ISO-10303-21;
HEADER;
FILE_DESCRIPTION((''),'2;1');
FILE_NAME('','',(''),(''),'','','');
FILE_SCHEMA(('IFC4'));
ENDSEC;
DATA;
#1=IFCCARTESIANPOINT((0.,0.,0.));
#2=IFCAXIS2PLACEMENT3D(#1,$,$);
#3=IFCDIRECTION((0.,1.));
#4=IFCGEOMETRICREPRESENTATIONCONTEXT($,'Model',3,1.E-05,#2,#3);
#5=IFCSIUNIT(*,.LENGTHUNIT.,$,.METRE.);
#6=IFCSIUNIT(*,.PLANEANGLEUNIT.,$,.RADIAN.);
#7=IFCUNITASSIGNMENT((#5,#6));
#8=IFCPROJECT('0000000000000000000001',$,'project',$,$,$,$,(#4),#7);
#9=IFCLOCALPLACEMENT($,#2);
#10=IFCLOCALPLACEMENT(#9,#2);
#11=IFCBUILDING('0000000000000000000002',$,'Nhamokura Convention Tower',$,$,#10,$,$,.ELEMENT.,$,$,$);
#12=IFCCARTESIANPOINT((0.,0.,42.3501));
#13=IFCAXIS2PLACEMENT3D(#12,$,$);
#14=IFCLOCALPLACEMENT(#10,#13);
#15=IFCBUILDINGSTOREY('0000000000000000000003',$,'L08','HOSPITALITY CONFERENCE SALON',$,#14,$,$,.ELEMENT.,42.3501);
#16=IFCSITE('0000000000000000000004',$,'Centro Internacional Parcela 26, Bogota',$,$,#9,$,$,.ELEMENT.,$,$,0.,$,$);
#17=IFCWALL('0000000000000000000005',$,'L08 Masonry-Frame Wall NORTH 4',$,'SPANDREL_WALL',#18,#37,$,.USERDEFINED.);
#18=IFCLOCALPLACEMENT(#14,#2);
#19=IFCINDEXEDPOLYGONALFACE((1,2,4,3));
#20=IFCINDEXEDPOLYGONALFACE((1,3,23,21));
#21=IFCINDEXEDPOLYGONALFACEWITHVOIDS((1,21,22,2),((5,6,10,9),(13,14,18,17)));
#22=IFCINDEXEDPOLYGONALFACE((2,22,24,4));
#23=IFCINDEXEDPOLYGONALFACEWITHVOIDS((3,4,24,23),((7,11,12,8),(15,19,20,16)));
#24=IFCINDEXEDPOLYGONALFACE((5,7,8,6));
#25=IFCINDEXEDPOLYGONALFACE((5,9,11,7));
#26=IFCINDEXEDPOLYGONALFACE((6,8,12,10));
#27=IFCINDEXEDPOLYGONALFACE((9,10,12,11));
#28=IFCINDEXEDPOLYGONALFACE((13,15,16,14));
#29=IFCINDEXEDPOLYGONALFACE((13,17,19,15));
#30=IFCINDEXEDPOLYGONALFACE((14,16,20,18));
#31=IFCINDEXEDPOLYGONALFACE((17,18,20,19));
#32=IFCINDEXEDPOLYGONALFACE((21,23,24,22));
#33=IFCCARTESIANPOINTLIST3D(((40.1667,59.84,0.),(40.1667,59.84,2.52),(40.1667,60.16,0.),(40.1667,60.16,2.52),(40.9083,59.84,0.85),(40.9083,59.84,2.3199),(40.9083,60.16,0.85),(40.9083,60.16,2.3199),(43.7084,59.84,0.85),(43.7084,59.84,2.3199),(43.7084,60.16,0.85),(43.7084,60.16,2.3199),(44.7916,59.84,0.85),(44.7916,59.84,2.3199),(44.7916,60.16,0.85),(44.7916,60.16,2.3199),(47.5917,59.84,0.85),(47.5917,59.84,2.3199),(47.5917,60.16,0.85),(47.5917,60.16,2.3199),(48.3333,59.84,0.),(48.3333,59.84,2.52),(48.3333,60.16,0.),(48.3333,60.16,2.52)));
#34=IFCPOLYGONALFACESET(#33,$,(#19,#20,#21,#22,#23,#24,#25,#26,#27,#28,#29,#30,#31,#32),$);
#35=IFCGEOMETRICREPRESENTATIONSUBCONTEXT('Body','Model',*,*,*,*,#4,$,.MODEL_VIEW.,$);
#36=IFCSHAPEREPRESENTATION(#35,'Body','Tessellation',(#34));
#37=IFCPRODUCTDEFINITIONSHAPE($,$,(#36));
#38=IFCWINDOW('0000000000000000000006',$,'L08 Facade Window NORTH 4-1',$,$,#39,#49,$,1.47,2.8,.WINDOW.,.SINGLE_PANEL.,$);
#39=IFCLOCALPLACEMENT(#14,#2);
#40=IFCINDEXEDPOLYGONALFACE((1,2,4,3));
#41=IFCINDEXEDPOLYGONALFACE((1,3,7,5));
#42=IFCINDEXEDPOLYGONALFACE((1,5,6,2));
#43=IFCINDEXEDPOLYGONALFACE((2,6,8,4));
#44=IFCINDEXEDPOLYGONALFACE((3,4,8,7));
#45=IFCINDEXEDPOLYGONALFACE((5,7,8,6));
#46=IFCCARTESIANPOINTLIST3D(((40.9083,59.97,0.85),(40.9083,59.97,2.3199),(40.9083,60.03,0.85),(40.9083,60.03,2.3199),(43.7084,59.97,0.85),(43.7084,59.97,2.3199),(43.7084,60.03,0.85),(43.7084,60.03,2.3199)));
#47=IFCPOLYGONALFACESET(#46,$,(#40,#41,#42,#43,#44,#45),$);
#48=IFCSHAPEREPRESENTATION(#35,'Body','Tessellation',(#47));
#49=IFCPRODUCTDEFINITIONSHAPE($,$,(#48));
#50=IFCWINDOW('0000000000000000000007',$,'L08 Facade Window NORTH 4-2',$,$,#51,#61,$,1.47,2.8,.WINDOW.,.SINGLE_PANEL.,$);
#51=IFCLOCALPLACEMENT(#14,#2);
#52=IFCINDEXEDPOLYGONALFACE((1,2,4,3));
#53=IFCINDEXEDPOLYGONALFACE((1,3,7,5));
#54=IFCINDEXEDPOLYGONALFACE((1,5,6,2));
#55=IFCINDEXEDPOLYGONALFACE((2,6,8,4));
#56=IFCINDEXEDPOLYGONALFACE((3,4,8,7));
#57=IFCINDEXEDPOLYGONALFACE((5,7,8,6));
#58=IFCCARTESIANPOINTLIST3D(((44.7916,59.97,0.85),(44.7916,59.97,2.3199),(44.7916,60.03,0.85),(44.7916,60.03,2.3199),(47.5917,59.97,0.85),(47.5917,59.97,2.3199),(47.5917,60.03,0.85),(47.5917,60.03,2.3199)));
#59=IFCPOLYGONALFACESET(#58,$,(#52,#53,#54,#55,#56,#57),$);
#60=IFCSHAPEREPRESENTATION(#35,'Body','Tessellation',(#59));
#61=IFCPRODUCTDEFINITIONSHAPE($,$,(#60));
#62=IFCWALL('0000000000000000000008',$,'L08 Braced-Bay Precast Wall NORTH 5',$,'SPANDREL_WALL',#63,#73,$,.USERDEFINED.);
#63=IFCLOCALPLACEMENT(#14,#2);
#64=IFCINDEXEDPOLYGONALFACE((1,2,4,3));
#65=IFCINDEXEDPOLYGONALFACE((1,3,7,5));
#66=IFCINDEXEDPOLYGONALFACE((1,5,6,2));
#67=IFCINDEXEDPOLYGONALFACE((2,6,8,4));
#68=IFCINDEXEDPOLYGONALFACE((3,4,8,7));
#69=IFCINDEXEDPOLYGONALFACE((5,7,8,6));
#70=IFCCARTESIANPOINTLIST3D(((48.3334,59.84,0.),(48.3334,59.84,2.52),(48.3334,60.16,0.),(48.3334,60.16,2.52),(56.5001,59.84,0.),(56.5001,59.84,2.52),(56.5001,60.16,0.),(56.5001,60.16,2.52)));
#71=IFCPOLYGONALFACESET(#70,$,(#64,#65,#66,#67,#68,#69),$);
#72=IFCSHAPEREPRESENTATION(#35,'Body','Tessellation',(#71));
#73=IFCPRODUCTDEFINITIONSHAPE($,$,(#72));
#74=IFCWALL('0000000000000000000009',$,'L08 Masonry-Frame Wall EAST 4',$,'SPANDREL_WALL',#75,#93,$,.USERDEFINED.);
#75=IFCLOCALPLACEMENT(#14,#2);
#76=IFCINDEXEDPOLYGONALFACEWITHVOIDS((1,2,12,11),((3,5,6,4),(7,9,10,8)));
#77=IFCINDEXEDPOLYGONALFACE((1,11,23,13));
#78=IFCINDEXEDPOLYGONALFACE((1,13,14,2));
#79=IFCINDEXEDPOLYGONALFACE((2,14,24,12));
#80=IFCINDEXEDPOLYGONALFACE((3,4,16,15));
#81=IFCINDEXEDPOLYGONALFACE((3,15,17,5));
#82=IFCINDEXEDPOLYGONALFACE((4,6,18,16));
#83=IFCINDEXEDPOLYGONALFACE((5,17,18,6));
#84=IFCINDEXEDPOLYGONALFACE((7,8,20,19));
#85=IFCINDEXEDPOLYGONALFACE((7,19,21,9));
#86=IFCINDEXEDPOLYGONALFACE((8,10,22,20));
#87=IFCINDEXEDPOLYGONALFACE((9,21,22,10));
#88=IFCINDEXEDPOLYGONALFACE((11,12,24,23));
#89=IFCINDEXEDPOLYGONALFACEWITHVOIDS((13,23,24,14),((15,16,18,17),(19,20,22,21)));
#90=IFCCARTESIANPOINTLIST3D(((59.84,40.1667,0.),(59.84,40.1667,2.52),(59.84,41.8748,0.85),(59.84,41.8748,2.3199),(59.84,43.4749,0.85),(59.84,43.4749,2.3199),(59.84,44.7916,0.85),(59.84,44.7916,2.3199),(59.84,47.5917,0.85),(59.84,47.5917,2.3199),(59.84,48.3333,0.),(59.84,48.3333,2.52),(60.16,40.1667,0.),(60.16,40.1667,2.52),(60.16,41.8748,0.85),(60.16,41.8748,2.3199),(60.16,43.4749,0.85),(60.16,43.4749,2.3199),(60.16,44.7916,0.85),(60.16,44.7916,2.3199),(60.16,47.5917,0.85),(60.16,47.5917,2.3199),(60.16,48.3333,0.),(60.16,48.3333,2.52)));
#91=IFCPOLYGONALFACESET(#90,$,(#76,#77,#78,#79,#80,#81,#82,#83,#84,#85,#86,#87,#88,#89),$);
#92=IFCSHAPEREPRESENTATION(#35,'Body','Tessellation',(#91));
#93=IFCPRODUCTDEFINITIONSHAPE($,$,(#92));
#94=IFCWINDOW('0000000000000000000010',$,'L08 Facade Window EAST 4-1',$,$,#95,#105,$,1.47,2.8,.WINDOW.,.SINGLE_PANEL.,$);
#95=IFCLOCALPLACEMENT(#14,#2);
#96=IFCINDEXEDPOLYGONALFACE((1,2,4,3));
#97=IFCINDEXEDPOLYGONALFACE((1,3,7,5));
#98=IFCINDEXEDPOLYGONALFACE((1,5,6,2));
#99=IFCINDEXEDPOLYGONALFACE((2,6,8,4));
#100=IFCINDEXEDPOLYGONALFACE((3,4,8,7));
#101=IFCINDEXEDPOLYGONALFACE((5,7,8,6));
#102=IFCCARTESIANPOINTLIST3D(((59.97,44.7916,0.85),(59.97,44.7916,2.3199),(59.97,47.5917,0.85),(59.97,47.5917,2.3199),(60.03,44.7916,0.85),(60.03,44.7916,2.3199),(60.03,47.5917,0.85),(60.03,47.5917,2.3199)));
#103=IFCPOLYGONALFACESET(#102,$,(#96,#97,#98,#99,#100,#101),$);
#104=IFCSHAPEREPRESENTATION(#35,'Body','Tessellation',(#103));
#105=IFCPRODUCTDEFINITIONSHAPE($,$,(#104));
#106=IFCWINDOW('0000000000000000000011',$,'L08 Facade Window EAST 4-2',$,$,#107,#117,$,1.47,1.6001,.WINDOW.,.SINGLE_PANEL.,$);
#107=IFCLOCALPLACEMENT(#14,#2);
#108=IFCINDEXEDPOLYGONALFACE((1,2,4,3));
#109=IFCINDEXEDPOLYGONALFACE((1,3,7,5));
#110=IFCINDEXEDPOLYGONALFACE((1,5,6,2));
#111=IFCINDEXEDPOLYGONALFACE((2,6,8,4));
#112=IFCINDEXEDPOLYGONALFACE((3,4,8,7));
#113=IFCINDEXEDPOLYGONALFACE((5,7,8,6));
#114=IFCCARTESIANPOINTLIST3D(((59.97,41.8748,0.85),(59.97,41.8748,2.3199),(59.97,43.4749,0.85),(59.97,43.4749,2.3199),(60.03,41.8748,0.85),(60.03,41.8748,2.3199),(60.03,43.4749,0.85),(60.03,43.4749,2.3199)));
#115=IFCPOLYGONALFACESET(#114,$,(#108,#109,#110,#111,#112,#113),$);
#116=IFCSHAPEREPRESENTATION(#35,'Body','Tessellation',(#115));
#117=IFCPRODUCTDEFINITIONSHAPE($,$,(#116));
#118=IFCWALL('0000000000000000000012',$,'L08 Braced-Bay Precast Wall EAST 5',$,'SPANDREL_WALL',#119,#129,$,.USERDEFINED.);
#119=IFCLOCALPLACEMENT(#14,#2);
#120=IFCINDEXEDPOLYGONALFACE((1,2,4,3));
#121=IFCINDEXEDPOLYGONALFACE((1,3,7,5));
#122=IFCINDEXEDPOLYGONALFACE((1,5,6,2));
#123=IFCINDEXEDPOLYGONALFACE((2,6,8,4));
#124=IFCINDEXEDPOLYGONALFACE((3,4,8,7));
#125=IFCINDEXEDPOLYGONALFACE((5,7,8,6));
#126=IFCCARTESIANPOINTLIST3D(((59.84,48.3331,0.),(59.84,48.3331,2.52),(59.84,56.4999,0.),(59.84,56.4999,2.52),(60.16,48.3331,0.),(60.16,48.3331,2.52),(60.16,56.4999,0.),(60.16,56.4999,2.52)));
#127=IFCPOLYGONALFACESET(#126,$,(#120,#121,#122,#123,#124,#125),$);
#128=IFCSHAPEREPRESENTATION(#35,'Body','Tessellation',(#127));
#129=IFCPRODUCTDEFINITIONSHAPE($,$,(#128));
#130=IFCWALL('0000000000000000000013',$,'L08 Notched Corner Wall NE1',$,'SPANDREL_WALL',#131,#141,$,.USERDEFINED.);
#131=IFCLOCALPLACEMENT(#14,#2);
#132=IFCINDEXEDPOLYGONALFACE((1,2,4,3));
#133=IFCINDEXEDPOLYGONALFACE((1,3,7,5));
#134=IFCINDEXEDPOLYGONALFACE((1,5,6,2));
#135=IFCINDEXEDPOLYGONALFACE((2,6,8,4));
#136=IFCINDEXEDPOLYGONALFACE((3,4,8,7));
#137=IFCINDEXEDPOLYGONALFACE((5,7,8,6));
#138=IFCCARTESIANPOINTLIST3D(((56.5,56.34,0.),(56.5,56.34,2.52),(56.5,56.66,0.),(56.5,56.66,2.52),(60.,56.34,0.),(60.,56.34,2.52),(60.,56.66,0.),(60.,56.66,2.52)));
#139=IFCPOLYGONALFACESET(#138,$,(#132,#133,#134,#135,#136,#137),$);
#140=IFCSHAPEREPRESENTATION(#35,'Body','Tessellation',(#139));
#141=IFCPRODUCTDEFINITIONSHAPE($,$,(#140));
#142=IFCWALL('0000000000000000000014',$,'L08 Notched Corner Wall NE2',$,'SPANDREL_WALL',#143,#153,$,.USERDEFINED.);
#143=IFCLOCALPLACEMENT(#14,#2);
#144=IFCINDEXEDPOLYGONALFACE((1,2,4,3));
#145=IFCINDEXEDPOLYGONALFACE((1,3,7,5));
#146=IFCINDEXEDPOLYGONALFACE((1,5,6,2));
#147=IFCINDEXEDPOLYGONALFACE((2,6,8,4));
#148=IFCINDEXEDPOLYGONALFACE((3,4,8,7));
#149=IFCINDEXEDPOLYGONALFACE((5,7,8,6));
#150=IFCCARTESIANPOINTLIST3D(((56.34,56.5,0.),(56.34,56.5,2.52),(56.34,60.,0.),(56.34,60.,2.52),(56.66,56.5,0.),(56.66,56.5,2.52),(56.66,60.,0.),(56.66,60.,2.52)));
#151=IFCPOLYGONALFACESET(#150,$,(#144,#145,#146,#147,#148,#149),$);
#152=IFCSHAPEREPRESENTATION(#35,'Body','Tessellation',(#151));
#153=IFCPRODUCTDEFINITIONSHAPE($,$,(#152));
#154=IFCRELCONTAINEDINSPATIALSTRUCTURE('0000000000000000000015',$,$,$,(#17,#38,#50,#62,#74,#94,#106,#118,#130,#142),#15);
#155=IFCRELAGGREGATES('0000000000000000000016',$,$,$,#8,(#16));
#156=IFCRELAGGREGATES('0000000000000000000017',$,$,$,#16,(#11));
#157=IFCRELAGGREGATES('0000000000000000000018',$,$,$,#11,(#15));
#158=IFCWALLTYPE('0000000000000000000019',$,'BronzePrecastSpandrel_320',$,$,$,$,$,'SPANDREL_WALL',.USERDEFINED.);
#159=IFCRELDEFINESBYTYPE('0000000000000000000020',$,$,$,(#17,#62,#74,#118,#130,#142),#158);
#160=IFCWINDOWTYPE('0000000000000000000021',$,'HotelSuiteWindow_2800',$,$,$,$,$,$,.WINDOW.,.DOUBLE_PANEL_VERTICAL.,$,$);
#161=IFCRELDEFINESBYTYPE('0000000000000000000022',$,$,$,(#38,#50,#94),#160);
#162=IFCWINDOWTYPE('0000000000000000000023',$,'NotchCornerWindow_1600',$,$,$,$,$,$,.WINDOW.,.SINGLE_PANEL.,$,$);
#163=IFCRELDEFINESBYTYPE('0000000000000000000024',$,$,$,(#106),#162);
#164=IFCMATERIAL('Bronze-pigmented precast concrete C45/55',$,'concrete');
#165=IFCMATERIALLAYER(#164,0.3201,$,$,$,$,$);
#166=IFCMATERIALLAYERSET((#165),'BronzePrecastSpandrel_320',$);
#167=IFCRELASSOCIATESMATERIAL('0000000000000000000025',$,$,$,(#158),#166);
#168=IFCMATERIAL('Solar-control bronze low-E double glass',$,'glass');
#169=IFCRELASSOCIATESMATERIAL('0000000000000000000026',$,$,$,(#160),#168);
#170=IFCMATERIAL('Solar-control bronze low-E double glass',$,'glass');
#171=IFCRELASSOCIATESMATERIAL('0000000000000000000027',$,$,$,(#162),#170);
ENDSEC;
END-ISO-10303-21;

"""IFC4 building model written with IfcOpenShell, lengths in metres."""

from ifc_helpers import new_model, si_unit, direction, frame, frame_2d, origin, place, context, subcontext, project, spatial, rectangle, extrude, material, layer, layer_set, type_object, element, fill, save


model = new_model("IFC4")

# Units and contexts
model_context = context("Model", 3, precision=1e-05, world=origin(), true_north=direction((0.0, 1.0)))
body_context = subcontext(model_context, "Body", "Model", "MODEL_VIEW")
ifc_project = project(units=[si_unit("LENGTHUNIT", "METRE"), si_unit("PLANEANGLEUNIT", "RADIAN")], contexts=[model_context])

# Site, building, storey
site_placement = place(None, origin())
site = spatial("IfcSite", under=ifc_project, at=site_placement, Name="Centro Internacional Parcela 26, Bogota", CompositionType="ELEMENT", RefElevation=0.0)
building_placement = place(site_placement, origin())
building = spatial("IfcBuilding", under=site, at=building_placement, Name="Nhamokura Convention Tower", CompositionType="ELEMENT")
storey_placement = place(building_placement, frame((0.0, 0.0, 42.3501)))
storey = spatial("IfcBuildingStorey", under=building, at=storey_placement, Name="L08", Description="HOSPITALITY CONFERENCE SALON", CompositionType="ELEMENT", Elevation=42.3501)

# Wall, openings, windows
ifc_material_1 = material(Name="Bronze-pigmented precast concrete C45/55", Category="concrete")
ifc_layer = layer(ifc_material_1, 0.3201)
ifc_layer_set = layer_set([ifc_layer], Name="BronzePrecastSpandrel_320")
wall_type = type_object("IfcWallType", Name="BronzePrecastSpandrel_320", ElementType="SPANDREL_WALL", PredefinedType="USERDEFINED", material=ifc_layer_set)
wall_1_placement = place(storey_placement, frame((40.1667, 60.0, 0.0), z_axis=(0.0, 0.0, 1.0), x_axis=(1.0, 0.0, 0.0)))
wall_1 = element("IfcWall", 1, at=wall_1_placement, inside=storey, type_object=wall_type, Name="L08 Masonry-Frame Wall NORTH 4", ObjectType="SPANDREL_WALL", PredefinedType="USERDEFINED", context=body_context, shape_type="SweptSolid", body=[
    extrude(rectangle(XDim=8.1665, YDim=0.3201, at=frame_2d((4.0833, 0.0))), origin(), (0.0, 0.0, 1.0), 2.52),
])
opening_1_placement = place(wall_1_placement, frame((0.7417, 0.0, 0.8501)))
opening_1 = element("IfcOpeningElement", 2, at=opening_1_placement, cuts=wall_1, PredefinedType="OPENING", context=body_context, shape_type="SweptSolid", body=[
    extrude(rectangle(XDim=2.8, YDim=1.47, at=frame_2d((1.3999, 0.7349))), frame((0.0, 0.1699, 0.0), z_axis=(0.0, -1.0, 0.0), x_axis=(1.0, 0.0, 0.0)), (0.0, 0.0, 1.0), 0.3401),
])
opening_2_placement = place(wall_1_placement, frame((4.625, 0.0, 0.8501)))
opening_2 = element("IfcOpeningElement", 3, at=opening_2_placement, cuts=wall_1, PredefinedType="OPENING", context=body_context, shape_type="SweptSolid", body=[
    extrude(rectangle(XDim=2.8, YDim=1.47, at=frame_2d((1.3999, 0.7349))), frame((0.0, 0.1699, 0.0), z_axis=(0.0, -1.0, 0.0), x_axis=(1.0, 0.0, 0.0)), (0.0, 0.0, 1.0), 0.3401),
])
ifc_material_2 = material(Name="Solar-control bronze low-E double glass", Category="glass")
window_type_1 = type_object("IfcWindowType", Name="HotelSuiteWindow_2800", PartitioningType="DOUBLE_PANEL_VERTICAL", PredefinedType="WINDOW", material=ifc_material_2)
window_1_placement = place(opening_1_placement, origin())
window_1 = element("IfcWindow", 4, at=window_1_placement, inside=storey, type_object=window_type_1, Name="L08 Facade Window NORTH 4-1", OverallHeight=1.47, OverallWidth=2.8, PartitioningType="SINGLE_PANEL", PredefinedType="WINDOW", context=body_context, shape_type="SweptSolid", body=[
    extrude(rectangle(XDim=2.8, YDim=1.47, at=frame_2d((1.3999, 0.7349))), frame((0.0, 0.03, 0.0), z_axis=(0.0, -1.0, 0.0), x_axis=(1.0, 0.0, 0.0)), (0.0, 0.0, 1.0), 0.0601),
])
fill(opening_1, window_1)
window_2_placement = place(opening_2_placement, origin())
window_2 = element("IfcWindow", 5, at=window_2_placement, inside=storey, type_object=window_type_1, Name="L08 Facade Window NORTH 4-2", OverallHeight=1.47, OverallWidth=2.8, PartitioningType="SINGLE_PANEL", PredefinedType="WINDOW", context=body_context, shape_type="SweptSolid", body=[
    extrude(rectangle(XDim=2.8, YDim=1.47, at=frame_2d((1.3999, 0.7349))), frame((0.0, 0.03, 0.0), z_axis=(0.0, -1.0, 0.0), x_axis=(1.0, 0.0, 0.0)), (0.0, 0.0, 1.0), 0.0601),
])
fill(opening_2, window_2)

# Wall
wall_2_placement = place(storey_placement, frame((48.3333, 60.0, 0.0), z_axis=(0.0, 0.0, 1.0), x_axis=(1.0, 0.0, 0.0)))
element("IfcWall", 6, at=wall_2_placement, inside=storey, type_object=wall_type, Name="L08 Braced-Bay Precast Wall NORTH 5", ObjectType="SPANDREL_WALL", PredefinedType="USERDEFINED", context=body_context, shape_type="SweptSolid", body=[
    extrude(rectangle(XDim=8.1667, YDim=0.3201, at=frame_2d((4.0835, 0.0))), origin(), (0.0, 0.0, 1.0), 2.52),
])

# Wall, openings, windows
wall_3_placement = place(storey_placement, frame((60.0, 48.3333, 0.0), z_axis=(0.0, 0.0, 1.0), x_axis=(0.0, -1.0, 0.0)))
wall_3 = element("IfcWall", 7, at=wall_3_placement, inside=storey, type_object=wall_type, Name="L08 Masonry-Frame Wall EAST 4", ObjectType="SPANDREL_WALL", PredefinedType="USERDEFINED", context=body_context, shape_type="SweptSolid", body=[
    extrude(rectangle(XDim=8.1665, YDim=0.3201, at=frame_2d((4.0833, 0.0))), origin(), (0.0, 0.0, 1.0), 2.52),
])
opening_3_placement = place(wall_3_placement, frame((0.7417, 0.0, 0.8501)))
opening_3 = element("IfcOpeningElement", 8, at=opening_3_placement, cuts=wall_3, PredefinedType="OPENING", context=body_context, shape_type="SweptSolid", body=[
    extrude(rectangle(XDim=2.8, YDim=1.47, at=frame_2d((1.3999, 0.7349))), frame((0.0, 0.1699, 0.0), z_axis=(0.0, -1.0, 0.0), x_axis=(1.0, 0.0, 0.0)), (0.0, 0.0, 1.0), 0.3401),
])
opening_4_placement = place(wall_3_placement, frame((4.8584, 0.0, 0.8501)))
opening_4 = element("IfcOpeningElement", 9, at=opening_4_placement, cuts=wall_3, PredefinedType="OPENING", context=body_context, shape_type="SweptSolid", body=[
    extrude(rectangle(XDim=1.6001, YDim=1.47, at=frame_2d((0.8, 0.7349))), frame((0.0, 0.1699, 0.0), z_axis=(0.0, -1.0, 0.0), x_axis=(1.0, 0.0, 0.0)), (0.0, 0.0, 1.0), 0.3401),
])
window_3_placement = place(opening_3_placement, origin())
window_3 = element("IfcWindow", 10, at=window_3_placement, inside=storey, type_object=window_type_1, Name="L08 Facade Window EAST 4-1", OverallHeight=1.47, OverallWidth=2.8, PartitioningType="SINGLE_PANEL", PredefinedType="WINDOW", context=body_context, shape_type="SweptSolid", body=[
    extrude(rectangle(XDim=2.8, YDim=1.47, at=frame_2d((1.3999, 0.7349))), frame((0.0, 0.03, 0.0), z_axis=(0.0, -1.0, 0.0), x_axis=(1.0, 0.0, 0.0)), (0.0, 0.0, 1.0), 0.0601),
])
fill(opening_3, window_3)
ifc_material_3 = material(Name="Solar-control bronze low-E double glass", Category="glass")
window_type_2 = type_object("IfcWindowType", Name="NotchCornerWindow_1600", PartitioningType="SINGLE_PANEL", PredefinedType="WINDOW", material=ifc_material_3)
window_4_placement = place(opening_4_placement, origin())
window_4 = element("IfcWindow", 11, at=window_4_placement, inside=storey, type_object=window_type_2, Name="L08 Facade Window EAST 4-2", OverallHeight=1.47, OverallWidth=1.6001, PartitioningType="SINGLE_PANEL", PredefinedType="WINDOW", context=body_context, shape_type="SweptSolid", body=[
    extrude(rectangle(XDim=1.6001, YDim=1.47, at=frame_2d((0.8, 0.7349))), frame((0.0, 0.03, 0.0), z_axis=(0.0, -1.0, 0.0), x_axis=(1.0, 0.0, 0.0)), (0.0, 0.0, 1.0), 0.0601),
])
fill(opening_4, window_4)

# Walls
wall_4_placement = place(storey_placement, frame((60.0, 56.5, 0.0), z_axis=(0.0, 0.0, 1.0), x_axis=(0.0, -1.0, 0.0)))
element("IfcWall", 12, at=wall_4_placement, inside=storey, type_object=wall_type, Name="L08 Braced-Bay Precast Wall EAST 5", ObjectType="SPANDREL_WALL", PredefinedType="USERDEFINED", context=body_context, shape_type="SweptSolid", body=[
    extrude(rectangle(XDim=8.1667, YDim=0.3201, at=frame_2d((4.0835, 0.0))), origin(), (0.0, 0.0, 1.0), 2.52),
])
for number, where, z_axis, x_axis, name in (
    (13, (56.5, 56.5, 0.0), (0.0, 0.0, 1.0), (1.0, 0.0, 0.0), "L08 Notched Corner Wall NE1"),
    (14, (56.5, 60.0, 0.0), (0.0, 0.0, 1.0), (0.0, -1.0, 0.0), "L08 Notched Corner Wall NE2"),
):
    element("IfcWall", number, at=place(storey_placement, frame(where, z_axis=z_axis, x_axis=x_axis)), inside=storey, type_object=wall_type, Name=name, ObjectType="SPANDREL_WALL", PredefinedType="USERDEFINED", context=body_context, shape_type="SweptSolid", body=[
        extrude(rectangle(XDim=3.5, YDim=0.3201, at=frame_2d((1.75, 0.0))), origin(), (0.0, 0.0, 1.0), 2.52),
    ])

save(model, "model.ifc")
